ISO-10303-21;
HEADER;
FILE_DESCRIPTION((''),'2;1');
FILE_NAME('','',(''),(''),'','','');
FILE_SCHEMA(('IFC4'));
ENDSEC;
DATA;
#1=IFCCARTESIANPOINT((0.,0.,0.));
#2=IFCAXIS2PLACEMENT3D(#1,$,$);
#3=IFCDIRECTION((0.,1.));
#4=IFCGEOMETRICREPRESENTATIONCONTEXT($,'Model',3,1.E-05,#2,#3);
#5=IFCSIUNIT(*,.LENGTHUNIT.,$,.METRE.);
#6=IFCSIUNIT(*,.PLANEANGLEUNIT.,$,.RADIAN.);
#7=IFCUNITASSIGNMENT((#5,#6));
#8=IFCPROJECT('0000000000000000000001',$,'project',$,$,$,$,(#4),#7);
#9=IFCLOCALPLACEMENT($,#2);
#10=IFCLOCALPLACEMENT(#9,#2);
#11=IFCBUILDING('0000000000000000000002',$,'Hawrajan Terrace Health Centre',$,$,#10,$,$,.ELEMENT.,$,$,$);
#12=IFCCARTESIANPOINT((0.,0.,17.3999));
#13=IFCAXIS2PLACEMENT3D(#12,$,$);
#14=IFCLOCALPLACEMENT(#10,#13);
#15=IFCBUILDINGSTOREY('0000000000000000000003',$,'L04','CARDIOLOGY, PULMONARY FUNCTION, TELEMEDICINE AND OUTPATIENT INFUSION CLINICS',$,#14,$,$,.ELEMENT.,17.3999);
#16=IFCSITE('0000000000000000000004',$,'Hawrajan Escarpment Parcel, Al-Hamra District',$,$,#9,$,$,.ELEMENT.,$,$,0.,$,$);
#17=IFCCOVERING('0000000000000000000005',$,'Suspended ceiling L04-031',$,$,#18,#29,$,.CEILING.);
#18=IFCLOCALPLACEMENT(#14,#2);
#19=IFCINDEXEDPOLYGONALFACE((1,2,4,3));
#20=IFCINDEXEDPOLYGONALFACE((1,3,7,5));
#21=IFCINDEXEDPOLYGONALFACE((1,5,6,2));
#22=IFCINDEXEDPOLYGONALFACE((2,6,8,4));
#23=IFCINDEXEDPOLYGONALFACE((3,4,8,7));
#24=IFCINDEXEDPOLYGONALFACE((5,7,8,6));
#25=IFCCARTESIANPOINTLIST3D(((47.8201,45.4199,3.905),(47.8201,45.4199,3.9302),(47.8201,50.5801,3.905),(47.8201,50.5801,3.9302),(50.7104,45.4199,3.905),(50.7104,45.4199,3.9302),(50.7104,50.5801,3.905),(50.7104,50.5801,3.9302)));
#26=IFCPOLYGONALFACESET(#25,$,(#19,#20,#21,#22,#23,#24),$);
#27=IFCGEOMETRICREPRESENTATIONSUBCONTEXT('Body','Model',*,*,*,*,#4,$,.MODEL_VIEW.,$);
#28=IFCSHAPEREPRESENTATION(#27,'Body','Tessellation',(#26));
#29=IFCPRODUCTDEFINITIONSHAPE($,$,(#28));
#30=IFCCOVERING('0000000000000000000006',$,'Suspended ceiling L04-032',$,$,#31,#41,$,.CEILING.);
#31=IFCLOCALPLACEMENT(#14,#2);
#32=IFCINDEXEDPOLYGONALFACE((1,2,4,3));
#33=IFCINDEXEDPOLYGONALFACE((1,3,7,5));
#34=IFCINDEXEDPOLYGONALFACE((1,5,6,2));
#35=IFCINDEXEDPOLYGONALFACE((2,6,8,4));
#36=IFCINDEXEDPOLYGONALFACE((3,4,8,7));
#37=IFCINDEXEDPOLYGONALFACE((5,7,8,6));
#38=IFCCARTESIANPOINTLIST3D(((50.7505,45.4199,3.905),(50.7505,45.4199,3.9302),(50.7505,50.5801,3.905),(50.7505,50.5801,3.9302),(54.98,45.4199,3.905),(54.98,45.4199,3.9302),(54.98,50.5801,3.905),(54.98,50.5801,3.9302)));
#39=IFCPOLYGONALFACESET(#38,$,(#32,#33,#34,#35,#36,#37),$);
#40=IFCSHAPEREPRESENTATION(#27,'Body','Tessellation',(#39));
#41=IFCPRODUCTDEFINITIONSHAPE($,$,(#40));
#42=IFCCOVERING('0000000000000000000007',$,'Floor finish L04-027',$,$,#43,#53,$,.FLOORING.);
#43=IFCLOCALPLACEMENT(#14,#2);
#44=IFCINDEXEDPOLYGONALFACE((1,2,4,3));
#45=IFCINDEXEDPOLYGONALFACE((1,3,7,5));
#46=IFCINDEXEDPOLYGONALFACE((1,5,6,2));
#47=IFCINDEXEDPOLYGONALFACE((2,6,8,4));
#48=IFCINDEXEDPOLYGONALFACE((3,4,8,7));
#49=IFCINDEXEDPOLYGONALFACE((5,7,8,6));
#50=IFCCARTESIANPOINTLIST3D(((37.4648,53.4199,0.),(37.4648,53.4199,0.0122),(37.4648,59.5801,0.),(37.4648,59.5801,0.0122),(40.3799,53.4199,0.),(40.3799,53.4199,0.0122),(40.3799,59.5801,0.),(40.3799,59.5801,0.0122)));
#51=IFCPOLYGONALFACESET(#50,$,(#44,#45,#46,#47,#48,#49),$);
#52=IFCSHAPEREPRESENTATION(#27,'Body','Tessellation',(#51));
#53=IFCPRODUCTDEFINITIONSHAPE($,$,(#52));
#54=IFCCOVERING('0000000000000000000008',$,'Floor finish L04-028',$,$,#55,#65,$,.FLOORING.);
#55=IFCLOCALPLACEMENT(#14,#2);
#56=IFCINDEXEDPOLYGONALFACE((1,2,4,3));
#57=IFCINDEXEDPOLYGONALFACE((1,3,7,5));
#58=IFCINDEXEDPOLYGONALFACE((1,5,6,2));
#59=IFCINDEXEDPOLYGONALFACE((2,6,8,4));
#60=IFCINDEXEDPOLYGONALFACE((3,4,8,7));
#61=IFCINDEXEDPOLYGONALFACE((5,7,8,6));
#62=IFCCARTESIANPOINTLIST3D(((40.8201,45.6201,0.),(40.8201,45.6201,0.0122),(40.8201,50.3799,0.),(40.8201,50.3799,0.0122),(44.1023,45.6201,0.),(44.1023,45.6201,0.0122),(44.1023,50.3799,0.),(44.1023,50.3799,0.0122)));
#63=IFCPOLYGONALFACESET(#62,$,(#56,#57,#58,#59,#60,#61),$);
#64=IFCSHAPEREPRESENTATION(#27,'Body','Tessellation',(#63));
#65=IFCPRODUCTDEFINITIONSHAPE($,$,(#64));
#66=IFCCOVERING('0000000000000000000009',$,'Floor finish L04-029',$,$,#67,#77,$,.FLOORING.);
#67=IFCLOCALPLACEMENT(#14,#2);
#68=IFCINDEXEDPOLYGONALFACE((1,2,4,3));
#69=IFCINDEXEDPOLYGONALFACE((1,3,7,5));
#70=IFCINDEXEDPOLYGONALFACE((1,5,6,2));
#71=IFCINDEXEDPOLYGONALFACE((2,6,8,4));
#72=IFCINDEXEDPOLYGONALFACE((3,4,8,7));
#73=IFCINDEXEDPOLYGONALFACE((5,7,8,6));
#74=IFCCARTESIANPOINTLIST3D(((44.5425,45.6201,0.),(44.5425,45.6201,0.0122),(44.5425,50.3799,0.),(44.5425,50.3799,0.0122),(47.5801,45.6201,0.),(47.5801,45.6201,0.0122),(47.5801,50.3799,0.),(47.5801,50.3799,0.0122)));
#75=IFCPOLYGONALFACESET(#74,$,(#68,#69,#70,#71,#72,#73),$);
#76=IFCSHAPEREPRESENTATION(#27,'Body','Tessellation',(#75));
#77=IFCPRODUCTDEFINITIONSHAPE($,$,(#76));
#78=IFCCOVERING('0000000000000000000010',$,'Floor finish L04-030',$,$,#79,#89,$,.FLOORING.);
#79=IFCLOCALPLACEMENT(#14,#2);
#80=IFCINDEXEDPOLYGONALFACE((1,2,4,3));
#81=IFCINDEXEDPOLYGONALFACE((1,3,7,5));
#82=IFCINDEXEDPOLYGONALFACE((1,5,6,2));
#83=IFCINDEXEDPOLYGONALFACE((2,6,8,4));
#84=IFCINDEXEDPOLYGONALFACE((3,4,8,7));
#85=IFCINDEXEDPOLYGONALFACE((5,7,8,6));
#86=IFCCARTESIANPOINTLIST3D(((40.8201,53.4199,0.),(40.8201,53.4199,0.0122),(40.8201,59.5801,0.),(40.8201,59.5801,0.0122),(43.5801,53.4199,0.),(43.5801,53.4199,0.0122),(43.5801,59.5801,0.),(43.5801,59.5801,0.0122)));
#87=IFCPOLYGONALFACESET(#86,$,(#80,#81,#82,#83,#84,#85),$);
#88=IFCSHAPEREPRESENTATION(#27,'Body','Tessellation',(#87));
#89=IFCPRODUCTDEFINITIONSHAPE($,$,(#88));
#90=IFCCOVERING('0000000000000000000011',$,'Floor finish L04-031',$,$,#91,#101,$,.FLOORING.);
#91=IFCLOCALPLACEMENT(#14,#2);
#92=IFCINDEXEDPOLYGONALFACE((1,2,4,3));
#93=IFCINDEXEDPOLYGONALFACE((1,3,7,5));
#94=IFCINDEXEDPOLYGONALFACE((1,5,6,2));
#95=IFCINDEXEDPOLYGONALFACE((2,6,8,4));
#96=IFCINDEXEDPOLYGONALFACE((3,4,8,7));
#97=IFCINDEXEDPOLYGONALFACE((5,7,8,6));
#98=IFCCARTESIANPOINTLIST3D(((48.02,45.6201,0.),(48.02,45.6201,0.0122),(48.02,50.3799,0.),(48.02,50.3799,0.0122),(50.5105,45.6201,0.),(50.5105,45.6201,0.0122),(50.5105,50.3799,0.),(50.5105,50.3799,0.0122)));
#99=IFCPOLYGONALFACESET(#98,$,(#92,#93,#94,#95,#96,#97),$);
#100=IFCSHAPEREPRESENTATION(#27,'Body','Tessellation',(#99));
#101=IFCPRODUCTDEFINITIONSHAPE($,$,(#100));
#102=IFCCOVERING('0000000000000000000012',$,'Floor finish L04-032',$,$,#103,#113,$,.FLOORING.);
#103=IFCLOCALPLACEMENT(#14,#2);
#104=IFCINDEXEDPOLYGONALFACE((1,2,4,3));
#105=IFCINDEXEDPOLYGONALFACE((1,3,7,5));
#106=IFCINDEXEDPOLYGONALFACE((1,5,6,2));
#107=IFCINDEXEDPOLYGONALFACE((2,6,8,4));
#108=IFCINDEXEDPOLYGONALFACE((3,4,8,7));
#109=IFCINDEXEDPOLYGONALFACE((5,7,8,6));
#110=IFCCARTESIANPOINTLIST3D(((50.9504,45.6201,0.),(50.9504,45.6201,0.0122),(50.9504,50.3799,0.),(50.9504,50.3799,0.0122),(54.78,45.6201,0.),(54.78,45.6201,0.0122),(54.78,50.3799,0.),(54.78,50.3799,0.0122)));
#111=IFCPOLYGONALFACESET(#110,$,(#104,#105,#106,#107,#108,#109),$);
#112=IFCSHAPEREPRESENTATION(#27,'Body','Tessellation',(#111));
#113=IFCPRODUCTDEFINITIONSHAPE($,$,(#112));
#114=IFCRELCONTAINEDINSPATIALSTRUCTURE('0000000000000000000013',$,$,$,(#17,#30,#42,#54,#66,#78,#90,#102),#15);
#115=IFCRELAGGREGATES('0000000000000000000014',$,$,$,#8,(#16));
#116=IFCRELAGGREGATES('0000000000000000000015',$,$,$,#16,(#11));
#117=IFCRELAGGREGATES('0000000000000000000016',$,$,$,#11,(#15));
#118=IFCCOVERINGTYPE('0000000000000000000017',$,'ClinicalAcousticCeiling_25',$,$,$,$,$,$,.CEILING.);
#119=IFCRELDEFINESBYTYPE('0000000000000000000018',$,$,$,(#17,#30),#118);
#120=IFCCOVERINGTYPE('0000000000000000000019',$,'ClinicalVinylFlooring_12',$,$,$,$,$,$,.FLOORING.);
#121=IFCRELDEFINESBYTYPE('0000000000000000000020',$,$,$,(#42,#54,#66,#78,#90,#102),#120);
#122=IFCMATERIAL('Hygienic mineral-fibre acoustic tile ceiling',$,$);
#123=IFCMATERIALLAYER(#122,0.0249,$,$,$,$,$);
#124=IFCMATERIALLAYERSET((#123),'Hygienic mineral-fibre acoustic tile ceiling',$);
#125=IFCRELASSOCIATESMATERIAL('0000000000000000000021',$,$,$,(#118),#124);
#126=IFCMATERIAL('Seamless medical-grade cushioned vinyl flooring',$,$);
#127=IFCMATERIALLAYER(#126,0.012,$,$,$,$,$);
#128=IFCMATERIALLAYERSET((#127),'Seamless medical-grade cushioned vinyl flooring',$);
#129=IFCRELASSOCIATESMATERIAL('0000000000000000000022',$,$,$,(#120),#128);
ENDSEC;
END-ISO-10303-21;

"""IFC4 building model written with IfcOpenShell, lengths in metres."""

from ifc_helpers import new_model, si_unit, direction, frame, origin, place, context, subcontext, project, spatial, polyline, outline, extrude, material, layer, layer_set, type_object, element, save


model = new_model("IFC4")

# Units and contexts
model_context = context("Model", 3, precision=1e-05, world=origin(), true_north=direction((0.0, 1.0)))
body_context = subcontext(model_context, "Body", "Model", "MODEL_VIEW")
ifc_project = project(units=[si_unit("LENGTHUNIT", "METRE"), si_unit("PLANEANGLEUNIT", "RADIAN")], contexts=[model_context])

# Site, building, storey
site_placement = place(None, origin())
site = spatial("IfcSite", under=ifc_project, at=site_placement, Name="Hawrajan Escarpment Parcel, Al-Hamra District", CompositionType="ELEMENT", RefElevation=0.0)
building_placement = place(site_placement, origin())
building = spatial("IfcBuilding", under=site, at=building_placement, Name="Hawrajan Terrace Health Centre", CompositionType="ELEMENT")
storey_placement = place(building_placement, frame((0.0, 0.0, 17.3999)))
storey = spatial("IfcBuildingStorey", under=building, at=storey_placement, Name="L04", Description="CARDIOLOGY, PULMONARY FUNCTION, TELEMEDICINE AND OUTPATIENT INFUSION CLINICS", CompositionType="ELEMENT", Elevation=17.3999)

# Coverings
ifc_material_1 = material(Name="Hygienic mineral-fibre acoustic tile ceiling")
ifc_layer_1 = layer(ifc_material_1, 0.0249)
ifc_layer_set_1 = layer_set([ifc_layer_1], Name="Hygienic mineral-fibre acoustic tile ceiling")
covering_type_1 = type_object("IfcCoveringType", Name="ClinicalAcousticCeiling_25", PredefinedType="CEILING", material=ifc_layer_set_1)
covering_1_placement = place(storey_placement, frame((0.0, 0.0, 3.905)))
element("IfcCovering", 1, at=covering_1_placement, inside=storey, type_object=covering_type_1, Name="Suspended ceiling L04-031", PredefinedType="CEILING", context=body_context, shape_type="SweptSolid", body=[
    extrude(outline(polyline([(47.8201, 50.5801), (50.7104, 50.5801), (50.7104, 45.4199), (47.8201, 45.4199), (47.8201, 50.5801)])), origin(), (0.0, 0.0, 1.0), 0.0251),
])
covering_2_placement = place(storey_placement, frame((0.0, 0.0, 3.905)))
element("IfcCovering", 2, at=covering_2_placement, inside=storey, type_object=covering_type_1, Name="Suspended ceiling L04-032", PredefinedType="CEILING", context=body_context, shape_type="SweptSolid", body=[
    extrude(outline(polyline([(50.7505, 50.5801), (54.98, 50.5801), (54.98, 45.4199), (50.7505, 45.4199), (50.7505, 50.5801)])), origin(), (0.0, 0.0, 1.0), 0.0251),
])
ifc_material_2 = material(Name="Seamless medical-grade cushioned vinyl flooring")
ifc_layer_2 = layer(ifc_material_2, 0.012)
ifc_layer_set_2 = layer_set([ifc_layer_2], Name="Seamless medical-grade cushioned vinyl flooring")
covering_type_2 = type_object("IfcCoveringType", Name="ClinicalVinylFlooring_12", PredefinedType="FLOORING", material=ifc_layer_set_2)
covering_3_placement = place(storey_placement, origin())
element("IfcCovering", 3, at=covering_3_placement, inside=storey, type_object=covering_type_2, Name="Floor finish L04-027", PredefinedType="FLOORING", context=body_context, shape_type="SweptSolid", body=[
    extrude(outline(polyline([(37.4648, 59.5801), (40.3799, 59.5801), (40.3799, 53.4199), (37.4648, 53.4199), (37.4648, 59.5801)])), origin(), (0.0, 0.0, 1.0), 0.0122),
])
covering_4_placement = place(storey_placement, origin())
element("IfcCovering", 4, at=covering_4_placement, inside=storey, type_object=covering_type_2, Name="Floor finish L04-028", PredefinedType="FLOORING", context=body_context, shape_type="SweptSolid", body=[
    extrude(outline(polyline([(40.8201, 50.3799), (44.1023, 50.3799), (44.1023, 45.6201), (40.8201, 45.6201), (40.8201, 50.3799)])), origin(), (0.0, 0.0, 1.0), 0.0122),
])
covering_5_placement = place(storey_placement, origin())
element("IfcCovering", 5, at=covering_5_placement, inside=storey, type_object=covering_type_2, Name="Floor finish L04-029", PredefinedType="FLOORING", context=body_context, shape_type="SweptSolid", body=[
    extrude(outline(polyline([(44.5425, 50.3799), (47.5801, 50.3799), (47.5801, 45.6201), (44.5425, 45.6201), (44.5425, 50.3799)])), origin(), (0.0, 0.0, 1.0), 0.0122),
])
covering_6_placement = place(storey_placement, origin())
element("IfcCovering", 6, at=covering_6_placement, inside=storey, type_object=covering_type_2, Name="Floor finish L04-030", PredefinedType="FLOORING", context=body_context, shape_type="SweptSolid", body=[
    extrude(outline(polyline([(40.8201, 59.5801), (43.5801, 59.5801), (43.5801, 53.4199), (40.8201, 53.4199), (40.8201, 59.5801)])), origin(), (0.0, 0.0, 1.0), 0.0122),
])
covering_7_placement = place(storey_placement, origin())
element("IfcCovering", 7, at=covering_7_placement, inside=storey, type_object=covering_type_2, Name="Floor finish L04-031", PredefinedType="FLOORING", context=body_context, shape_type="SweptSolid", body=[
    extrude(outline(polyline([(48.02, 50.3799), (50.5105, 50.3799), (50.5105, 45.6201), (48.02, 45.6201), (48.02, 50.3799)])), origin(), (0.0, 0.0, 1.0), 0.0122),
])
covering_8_placement = place(storey_placement, origin())
element("IfcCovering", 8, at=covering_8_placement, inside=storey, type_object=covering_type_2, Name="Floor finish L04-032", PredefinedType="FLOORING", context=body_context, shape_type="SweptSolid", body=[
    extrude(outline(polyline([(50.9504, 50.3799), (54.78, 50.3799), (54.78, 45.6201), (50.9504, 45.6201), (50.9504, 50.3799)])), origin(), (0.0, 0.0, 1.0), 0.0122),
])

save(model, "model.ifc")
